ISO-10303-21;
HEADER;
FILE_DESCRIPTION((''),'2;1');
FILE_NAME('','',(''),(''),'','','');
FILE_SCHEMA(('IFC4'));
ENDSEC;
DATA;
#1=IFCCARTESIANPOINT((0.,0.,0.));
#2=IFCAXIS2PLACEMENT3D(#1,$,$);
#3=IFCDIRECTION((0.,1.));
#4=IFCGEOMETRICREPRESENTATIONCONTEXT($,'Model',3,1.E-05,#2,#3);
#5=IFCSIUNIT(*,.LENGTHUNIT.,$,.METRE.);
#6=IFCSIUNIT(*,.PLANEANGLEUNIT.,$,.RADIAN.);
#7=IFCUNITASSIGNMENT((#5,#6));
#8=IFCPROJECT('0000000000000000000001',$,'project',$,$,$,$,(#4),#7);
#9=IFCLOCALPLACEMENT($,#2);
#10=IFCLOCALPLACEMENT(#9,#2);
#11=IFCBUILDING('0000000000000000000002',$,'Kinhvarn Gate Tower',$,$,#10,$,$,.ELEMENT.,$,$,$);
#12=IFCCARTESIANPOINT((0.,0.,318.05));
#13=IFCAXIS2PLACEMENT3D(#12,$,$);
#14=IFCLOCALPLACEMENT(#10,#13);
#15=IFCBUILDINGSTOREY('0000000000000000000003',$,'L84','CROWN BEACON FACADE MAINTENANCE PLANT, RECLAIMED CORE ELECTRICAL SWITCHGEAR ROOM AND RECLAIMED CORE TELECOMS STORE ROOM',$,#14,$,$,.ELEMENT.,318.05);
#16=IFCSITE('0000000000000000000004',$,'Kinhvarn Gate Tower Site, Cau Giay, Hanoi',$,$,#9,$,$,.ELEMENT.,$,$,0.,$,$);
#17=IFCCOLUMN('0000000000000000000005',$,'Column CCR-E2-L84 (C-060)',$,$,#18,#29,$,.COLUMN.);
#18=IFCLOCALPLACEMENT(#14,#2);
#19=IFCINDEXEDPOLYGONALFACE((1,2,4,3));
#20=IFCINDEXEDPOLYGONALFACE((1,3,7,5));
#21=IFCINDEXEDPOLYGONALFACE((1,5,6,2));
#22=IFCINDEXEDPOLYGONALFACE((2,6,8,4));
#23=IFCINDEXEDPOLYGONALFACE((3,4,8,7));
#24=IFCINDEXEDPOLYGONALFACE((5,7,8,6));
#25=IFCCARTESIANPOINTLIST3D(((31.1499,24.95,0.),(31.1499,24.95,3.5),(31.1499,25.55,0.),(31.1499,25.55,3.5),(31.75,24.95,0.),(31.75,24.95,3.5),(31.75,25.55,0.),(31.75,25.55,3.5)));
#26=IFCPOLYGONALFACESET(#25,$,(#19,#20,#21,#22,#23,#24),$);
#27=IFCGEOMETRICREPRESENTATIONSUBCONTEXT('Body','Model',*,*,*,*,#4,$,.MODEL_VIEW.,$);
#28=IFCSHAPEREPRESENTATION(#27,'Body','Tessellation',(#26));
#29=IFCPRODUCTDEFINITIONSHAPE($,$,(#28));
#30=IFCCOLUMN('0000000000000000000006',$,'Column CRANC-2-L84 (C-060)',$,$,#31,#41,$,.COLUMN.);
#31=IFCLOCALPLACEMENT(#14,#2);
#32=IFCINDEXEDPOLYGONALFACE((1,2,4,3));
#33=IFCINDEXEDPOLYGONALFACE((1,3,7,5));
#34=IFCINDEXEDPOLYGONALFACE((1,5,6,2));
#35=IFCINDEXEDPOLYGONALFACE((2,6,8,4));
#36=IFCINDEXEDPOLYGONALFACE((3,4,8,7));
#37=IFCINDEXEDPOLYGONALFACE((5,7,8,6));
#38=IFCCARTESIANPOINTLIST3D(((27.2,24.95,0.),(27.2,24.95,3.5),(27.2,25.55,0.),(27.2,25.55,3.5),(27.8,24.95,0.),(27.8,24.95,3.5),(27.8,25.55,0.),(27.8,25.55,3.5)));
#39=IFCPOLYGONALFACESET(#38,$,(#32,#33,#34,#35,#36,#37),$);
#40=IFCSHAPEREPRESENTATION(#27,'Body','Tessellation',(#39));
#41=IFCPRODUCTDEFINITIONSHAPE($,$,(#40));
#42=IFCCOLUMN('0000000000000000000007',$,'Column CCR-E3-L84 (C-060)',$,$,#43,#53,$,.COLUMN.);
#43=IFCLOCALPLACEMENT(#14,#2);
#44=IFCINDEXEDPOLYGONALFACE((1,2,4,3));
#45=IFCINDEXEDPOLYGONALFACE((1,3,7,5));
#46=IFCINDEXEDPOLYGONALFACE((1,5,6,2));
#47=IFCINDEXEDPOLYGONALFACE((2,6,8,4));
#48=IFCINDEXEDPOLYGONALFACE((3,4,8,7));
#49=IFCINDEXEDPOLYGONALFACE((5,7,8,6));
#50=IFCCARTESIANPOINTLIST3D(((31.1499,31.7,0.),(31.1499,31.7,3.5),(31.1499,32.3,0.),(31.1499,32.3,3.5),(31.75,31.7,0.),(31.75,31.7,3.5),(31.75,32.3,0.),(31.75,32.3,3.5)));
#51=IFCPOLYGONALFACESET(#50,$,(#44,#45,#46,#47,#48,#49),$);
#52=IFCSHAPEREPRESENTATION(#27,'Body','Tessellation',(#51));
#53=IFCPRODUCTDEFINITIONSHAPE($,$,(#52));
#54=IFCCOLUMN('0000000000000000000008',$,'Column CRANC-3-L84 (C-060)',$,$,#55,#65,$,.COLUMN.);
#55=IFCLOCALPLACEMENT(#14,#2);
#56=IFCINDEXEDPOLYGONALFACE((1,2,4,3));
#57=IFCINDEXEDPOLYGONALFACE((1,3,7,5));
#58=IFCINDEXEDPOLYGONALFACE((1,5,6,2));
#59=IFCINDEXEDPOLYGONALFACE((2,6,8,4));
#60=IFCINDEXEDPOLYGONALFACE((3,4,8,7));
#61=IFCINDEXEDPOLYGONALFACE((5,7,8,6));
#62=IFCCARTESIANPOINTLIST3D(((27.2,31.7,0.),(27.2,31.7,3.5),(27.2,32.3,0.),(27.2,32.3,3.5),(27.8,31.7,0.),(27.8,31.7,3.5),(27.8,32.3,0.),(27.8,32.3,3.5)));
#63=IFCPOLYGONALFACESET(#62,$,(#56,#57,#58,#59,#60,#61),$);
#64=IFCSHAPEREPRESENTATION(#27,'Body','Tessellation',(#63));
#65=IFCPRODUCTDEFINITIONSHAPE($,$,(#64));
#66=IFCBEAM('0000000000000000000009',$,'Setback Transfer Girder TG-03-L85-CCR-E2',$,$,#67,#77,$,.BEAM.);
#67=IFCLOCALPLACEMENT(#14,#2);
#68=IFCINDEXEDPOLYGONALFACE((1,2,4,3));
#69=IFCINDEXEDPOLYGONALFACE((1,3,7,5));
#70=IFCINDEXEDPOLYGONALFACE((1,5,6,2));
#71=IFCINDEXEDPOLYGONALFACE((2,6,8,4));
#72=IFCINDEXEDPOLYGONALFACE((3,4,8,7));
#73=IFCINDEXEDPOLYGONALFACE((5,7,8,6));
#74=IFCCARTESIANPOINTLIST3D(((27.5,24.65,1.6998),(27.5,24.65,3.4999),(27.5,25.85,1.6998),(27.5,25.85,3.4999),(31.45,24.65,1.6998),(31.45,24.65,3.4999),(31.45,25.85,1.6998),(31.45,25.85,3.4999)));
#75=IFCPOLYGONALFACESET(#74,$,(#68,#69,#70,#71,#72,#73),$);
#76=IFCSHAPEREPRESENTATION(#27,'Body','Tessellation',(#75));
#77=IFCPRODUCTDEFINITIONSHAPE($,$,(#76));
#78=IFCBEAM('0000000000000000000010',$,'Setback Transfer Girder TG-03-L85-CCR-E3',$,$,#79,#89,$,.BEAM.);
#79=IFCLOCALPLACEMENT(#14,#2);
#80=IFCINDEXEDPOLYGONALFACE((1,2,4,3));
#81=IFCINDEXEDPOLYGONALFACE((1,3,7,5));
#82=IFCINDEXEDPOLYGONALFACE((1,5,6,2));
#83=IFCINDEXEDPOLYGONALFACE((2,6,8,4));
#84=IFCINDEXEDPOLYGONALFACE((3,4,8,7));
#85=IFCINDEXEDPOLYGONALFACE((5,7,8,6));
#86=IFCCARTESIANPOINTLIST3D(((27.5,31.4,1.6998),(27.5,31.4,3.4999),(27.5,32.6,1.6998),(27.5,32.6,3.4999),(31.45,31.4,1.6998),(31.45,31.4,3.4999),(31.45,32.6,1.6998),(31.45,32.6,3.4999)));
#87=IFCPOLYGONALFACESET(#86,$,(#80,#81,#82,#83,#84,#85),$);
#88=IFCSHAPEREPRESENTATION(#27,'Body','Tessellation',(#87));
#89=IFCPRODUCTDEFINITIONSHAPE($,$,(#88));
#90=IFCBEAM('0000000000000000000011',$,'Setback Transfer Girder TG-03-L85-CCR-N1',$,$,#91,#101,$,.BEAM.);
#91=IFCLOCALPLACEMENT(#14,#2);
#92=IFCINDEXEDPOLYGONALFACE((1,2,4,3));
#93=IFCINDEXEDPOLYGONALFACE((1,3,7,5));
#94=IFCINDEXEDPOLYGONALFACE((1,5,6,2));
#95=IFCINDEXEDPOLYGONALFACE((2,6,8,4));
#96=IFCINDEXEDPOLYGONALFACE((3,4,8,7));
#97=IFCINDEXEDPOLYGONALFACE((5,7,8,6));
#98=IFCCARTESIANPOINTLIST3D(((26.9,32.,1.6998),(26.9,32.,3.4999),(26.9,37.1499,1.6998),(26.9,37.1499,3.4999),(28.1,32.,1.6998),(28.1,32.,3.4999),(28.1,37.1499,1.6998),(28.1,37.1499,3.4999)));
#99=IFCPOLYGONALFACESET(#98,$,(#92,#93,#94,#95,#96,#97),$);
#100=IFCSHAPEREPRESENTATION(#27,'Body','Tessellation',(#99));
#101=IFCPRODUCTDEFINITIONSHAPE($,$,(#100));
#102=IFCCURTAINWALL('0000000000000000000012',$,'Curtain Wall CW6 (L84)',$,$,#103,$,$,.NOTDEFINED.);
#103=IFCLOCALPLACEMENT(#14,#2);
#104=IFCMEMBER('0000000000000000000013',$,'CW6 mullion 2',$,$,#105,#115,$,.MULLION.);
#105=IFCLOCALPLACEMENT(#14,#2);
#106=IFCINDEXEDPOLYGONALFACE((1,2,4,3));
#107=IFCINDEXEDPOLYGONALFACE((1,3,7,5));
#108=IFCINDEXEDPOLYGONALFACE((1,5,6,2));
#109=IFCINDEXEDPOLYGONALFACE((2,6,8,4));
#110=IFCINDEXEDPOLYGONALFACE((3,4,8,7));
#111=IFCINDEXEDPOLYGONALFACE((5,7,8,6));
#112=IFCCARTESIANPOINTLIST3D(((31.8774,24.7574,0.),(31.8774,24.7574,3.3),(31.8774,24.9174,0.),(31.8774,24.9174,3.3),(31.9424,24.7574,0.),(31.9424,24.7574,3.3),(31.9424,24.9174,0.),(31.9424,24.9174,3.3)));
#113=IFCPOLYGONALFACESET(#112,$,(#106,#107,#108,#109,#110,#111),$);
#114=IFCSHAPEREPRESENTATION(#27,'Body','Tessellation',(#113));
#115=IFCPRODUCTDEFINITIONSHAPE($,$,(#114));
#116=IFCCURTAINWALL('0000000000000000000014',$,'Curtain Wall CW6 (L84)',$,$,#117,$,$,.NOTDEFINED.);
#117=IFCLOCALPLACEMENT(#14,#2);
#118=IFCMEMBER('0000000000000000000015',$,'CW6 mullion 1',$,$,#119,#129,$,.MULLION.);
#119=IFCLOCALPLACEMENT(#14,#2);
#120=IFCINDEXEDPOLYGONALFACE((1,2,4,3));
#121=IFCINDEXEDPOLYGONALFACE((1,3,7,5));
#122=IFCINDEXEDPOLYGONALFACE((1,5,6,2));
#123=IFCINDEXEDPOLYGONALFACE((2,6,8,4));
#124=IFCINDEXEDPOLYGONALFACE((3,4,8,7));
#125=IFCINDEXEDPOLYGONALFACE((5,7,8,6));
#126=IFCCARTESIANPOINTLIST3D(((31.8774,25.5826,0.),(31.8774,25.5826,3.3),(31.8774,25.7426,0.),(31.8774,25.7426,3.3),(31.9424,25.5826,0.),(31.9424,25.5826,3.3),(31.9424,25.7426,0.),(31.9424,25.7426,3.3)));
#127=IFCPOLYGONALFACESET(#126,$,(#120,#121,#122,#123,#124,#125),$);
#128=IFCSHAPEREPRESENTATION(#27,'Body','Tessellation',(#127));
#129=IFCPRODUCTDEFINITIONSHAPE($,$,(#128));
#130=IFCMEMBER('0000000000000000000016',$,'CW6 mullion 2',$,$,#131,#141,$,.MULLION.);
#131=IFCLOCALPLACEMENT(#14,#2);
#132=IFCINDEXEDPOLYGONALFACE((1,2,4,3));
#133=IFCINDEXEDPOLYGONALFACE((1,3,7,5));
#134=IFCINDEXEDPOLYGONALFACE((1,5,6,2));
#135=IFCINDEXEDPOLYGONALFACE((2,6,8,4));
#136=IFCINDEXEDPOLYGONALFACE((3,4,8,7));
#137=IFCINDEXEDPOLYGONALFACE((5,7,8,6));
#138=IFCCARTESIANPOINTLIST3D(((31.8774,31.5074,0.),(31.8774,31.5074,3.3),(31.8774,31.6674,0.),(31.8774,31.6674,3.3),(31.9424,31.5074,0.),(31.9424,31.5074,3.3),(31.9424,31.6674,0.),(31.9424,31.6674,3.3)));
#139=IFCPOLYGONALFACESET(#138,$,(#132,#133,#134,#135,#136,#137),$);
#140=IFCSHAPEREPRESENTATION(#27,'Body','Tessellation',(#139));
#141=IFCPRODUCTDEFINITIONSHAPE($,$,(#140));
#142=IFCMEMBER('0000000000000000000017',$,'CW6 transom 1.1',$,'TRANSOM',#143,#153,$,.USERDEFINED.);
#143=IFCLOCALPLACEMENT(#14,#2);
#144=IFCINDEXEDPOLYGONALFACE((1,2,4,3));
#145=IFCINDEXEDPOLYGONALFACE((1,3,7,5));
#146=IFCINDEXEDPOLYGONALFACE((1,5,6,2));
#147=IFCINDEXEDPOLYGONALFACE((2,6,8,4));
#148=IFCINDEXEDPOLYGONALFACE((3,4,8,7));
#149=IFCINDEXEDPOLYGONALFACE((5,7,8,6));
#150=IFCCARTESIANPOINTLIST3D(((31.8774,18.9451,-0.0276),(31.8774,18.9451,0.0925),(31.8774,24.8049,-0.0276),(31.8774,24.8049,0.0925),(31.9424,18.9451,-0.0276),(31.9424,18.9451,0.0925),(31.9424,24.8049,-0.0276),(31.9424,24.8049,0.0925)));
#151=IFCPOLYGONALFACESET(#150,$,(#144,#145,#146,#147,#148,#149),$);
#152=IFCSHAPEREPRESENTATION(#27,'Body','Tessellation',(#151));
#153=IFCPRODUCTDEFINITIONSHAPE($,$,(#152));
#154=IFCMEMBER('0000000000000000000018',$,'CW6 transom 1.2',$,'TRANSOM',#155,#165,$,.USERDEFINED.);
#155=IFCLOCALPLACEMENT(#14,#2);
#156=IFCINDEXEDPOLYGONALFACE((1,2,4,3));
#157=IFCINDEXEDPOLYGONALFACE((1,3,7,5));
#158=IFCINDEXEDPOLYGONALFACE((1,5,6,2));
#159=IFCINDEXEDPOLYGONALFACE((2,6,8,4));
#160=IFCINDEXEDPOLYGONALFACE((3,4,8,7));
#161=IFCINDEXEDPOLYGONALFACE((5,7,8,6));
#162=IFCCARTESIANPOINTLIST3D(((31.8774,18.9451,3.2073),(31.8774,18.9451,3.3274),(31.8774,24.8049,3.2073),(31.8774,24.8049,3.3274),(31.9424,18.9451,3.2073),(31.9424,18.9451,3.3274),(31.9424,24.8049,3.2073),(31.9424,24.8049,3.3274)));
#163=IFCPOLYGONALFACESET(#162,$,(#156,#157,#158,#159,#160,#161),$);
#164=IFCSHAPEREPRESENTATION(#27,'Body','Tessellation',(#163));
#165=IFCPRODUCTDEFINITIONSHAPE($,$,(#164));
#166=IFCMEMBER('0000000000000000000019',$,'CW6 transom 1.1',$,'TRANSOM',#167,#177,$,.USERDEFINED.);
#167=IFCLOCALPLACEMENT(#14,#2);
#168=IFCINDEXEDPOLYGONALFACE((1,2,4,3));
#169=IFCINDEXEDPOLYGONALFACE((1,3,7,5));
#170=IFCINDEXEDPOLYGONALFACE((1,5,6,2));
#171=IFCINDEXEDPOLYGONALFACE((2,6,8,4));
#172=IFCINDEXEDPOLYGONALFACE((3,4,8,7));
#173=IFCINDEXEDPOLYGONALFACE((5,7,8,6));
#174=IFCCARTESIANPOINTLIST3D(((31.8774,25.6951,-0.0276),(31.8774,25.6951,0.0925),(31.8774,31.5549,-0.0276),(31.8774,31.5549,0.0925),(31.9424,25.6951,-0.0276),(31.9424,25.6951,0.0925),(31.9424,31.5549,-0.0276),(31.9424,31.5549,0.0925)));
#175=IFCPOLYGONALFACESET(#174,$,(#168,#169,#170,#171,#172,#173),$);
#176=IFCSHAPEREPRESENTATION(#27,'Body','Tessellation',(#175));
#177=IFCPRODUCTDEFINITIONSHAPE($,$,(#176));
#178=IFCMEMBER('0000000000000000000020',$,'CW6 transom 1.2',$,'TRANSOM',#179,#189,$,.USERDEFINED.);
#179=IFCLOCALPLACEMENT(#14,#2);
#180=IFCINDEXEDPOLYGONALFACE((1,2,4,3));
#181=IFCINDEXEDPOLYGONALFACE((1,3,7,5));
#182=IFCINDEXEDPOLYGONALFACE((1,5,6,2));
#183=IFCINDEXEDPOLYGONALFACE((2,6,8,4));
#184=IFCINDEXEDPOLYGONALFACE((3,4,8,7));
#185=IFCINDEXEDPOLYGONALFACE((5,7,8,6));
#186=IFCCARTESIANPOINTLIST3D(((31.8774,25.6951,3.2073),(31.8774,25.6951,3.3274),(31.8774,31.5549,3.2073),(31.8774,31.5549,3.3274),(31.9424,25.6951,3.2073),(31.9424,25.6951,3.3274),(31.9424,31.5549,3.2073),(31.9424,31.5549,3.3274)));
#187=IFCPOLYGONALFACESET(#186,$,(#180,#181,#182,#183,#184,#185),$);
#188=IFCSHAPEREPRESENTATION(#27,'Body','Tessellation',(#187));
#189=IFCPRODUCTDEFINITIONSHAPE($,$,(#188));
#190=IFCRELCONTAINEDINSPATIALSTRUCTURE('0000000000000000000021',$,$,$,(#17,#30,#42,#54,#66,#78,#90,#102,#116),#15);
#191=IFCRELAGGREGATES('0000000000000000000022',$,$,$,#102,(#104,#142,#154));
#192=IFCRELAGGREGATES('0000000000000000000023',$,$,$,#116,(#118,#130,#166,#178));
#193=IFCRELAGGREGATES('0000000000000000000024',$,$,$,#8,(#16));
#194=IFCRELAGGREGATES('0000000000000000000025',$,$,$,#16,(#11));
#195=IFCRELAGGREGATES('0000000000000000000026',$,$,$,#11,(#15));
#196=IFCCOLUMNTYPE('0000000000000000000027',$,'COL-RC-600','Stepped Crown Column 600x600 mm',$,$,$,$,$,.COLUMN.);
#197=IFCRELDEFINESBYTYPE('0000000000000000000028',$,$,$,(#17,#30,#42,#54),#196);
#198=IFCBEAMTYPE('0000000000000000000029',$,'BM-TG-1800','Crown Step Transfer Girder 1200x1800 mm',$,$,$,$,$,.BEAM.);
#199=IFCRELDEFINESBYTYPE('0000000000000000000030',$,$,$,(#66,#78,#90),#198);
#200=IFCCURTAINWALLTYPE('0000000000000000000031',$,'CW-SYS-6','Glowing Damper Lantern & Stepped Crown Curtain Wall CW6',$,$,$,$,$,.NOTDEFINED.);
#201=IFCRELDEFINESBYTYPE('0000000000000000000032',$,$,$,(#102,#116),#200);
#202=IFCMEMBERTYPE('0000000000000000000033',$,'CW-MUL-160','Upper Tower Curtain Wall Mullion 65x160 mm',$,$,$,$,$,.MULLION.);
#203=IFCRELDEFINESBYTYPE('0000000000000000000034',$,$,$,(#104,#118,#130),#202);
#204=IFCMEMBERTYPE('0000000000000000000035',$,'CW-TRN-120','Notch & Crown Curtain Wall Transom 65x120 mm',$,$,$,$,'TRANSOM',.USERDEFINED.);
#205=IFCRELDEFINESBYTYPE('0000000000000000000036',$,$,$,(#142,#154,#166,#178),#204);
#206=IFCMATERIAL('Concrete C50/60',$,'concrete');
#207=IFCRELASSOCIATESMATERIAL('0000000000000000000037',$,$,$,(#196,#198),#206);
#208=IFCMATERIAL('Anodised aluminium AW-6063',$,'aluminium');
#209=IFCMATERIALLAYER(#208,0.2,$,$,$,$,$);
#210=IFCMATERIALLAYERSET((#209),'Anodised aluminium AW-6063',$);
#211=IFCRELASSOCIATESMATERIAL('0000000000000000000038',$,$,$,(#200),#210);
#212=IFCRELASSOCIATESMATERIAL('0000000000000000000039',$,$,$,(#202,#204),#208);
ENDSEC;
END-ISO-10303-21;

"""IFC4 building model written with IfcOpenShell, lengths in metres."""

from ifc_helpers import new_model, si_unit, direction, frame, origin, origin_2d, place, context, subcontext, project, spatial, rectangle, extrude, material, layer, layer_set, material_profile, profile_set, type_object, element, aggregate, save


model = new_model("IFC4")

# Units and contexts
model_context = context("Model", 3, precision=1e-05, world=origin(), true_north=direction((0.0, 1.0)))
body_context = subcontext(model_context, "Body", "Model", "MODEL_VIEW")
ifc_project = project(units=[si_unit("LENGTHUNIT", "METRE"), si_unit("PLANEANGLEUNIT", "RADIAN")], contexts=[model_context])

# Site, building, storey
site_placement = place(None, origin())
site = spatial("IfcSite", under=ifc_project, at=site_placement, Name="Kinhvarn Gate Tower Site, Cau Giay, Hanoi", CompositionType="ELEMENT", RefElevation=0.0)
building_placement = place(site_placement, origin())
building = spatial("IfcBuilding", under=site, at=building_placement, Name="Kinhvarn Gate Tower", CompositionType="ELEMENT")
storey_placement = place(building_placement, frame((0.0, 0.0, 318.05)))
storey = spatial("IfcBuildingStorey", under=building, at=storey_placement, Name="L84", Description="CROWN BEACON FACADE MAINTENANCE PLANT, RECLAIMED CORE ELECTRICAL SWITCHGEAR ROOM AND RECLAIMED CORE TELECOMS STORE ROOM", CompositionType="ELEMENT", Elevation=318.05)

# Columns
ifc_material_1 = material(Name="Concrete C50/60", Category="concrete")
ifc_material_profile_1 = material_profile(ifc_material_1, rectangle(XDim=0.6001, YDim=0.6001, at=origin_2d()), Name="RC 600x600")
ifc_profile_set_1 = profile_set([ifc_material_profile_1], Name="Concrete C50/60")
column_type = type_object("IfcColumnType", Name="COL-RC-600", Description="Stepped Crown Column 600x600 mm", PredefinedType="COLUMN", material=ifc_profile_set_1)
for number, where, z_axis, x_axis, name in (
    (1, (31.45, 25.25, 0.0), (0.0, 0.0, 1.0), (1.0, 0.0, 0.0), "Column CCR-E2-L84 (C-060)"),
    (2, (27.5, 25.25, 0.0), (0.0, 0.0, 1.0), (1.0, 0.0, 0.0), "Column CRANC-2-L84 (C-060)"),
    (3, (31.45, 32.0, 0.0), (0.0, 0.0, 1.0), (1.0, 0.0, 0.0), "Column CCR-E3-L84 (C-060)"),
    (4, (27.5, 32.0, 0.0), (0.0, 0.0, 1.0), (1.0, 0.0, 0.0), "Column CRANC-3-L84 (C-060)"),
):
    element("IfcColumn", number, at=place(storey_placement, frame(where, z_axis=z_axis, x_axis=x_axis)), inside=storey, type_object=column_type, Name=name, PredefinedType="COLUMN", context=body_context, shape_type="SweptSolid", body=[
        extrude(rectangle(XDim=0.6001, YDim=0.6001, at=origin_2d()), origin(), (0.0, 0.0, 1.0), 3.5),
    ])

# Beams
ifc_material_profile_2 = material_profile(ifc_material_1, rectangle(XDim=1.2, YDim=1.8, at=origin_2d()), Name="RC 1200x1800")
ifc_profile_set_2 = profile_set([ifc_material_profile_2], Name="Concrete C50/60")
beam_type_1 = type_object("IfcBeamType", Name="BM-TG-1800", Description="Crown Step Transfer Girder 1200x1800 mm", PredefinedType="BEAM", material=ifc_profile_set_2)
for number, where, z_axis, x_axis, name in (
    (5, (27.5, 25.25, 2.5999), (1.0, 0.0, 0.0), (0.0, 1.0, 0.0), "Setback Transfer Girder TG-03-L85-CCR-E2"),
    (6, (27.5, 32.0, 2.5999), (1.0, 0.0, 0.0), (0.0, 1.0, 0.0), "Setback Transfer Girder TG-03-L85-CCR-E3"),
):
    element("IfcBeam", number, at=place(storey_placement, frame(where, z_axis=z_axis, x_axis=x_axis)), inside=storey, type_object=beam_type_1, Name=name, PredefinedType="BEAM", context=body_context, shape_type="SweptSolid", body=[
        extrude(rectangle(XDim=1.2, YDim=1.8, at=origin_2d()), origin(), (0.0, 0.0, 1.0), 3.95),
    ])
beam_1_placement = place(storey_placement, frame((27.5, 32.0, 2.5999), z_axis=(0.0, 1.0, 0.0), x_axis=(-1.0, 0.0, 0.0)))
element("IfcBeam", 7, at=beam_1_placement, inside=storey, type_object=beam_type_1, Name="Setback Transfer Girder TG-03-L85-CCR-N1", PredefinedType="BEAM", context=body_context, shape_type="SweptSolid", body=[
    extrude(rectangle(XDim=1.2, YDim=1.8, at=origin_2d()), origin(), (0.0, 0.0, 1.0), 5.1499),
])

# Curtain wall, member
ifc_material_2 = material(Name="Anodised aluminium AW-6063", Category="aluminium")
ifc_layer_1 = layer(ifc_material_2, 0.2)
ifc_layer_set_1 = layer_set([ifc_layer_1], Name="Anodised aluminium AW-6063")
curtain_wall_type = type_object("IfcCurtainWallType", Name="CW-SYS-6", Description="Glowing Damper Lantern & Stepped Crown Curtain Wall CW6", PredefinedType="NOTDEFINED", material=ifc_layer_set_1)
curtain_wall_1_placement = place(storey_placement, origin())
curtain_wall_1 = element("IfcCurtainWall", 8, at=curtain_wall_1_placement, inside=storey, type_object=curtain_wall_type, Name="Curtain Wall CW6 (L84)", PredefinedType="NOTDEFINED")
ifc_material_profile_3 = material_profile(ifc_material_2, rectangle(XDim=0.0649, YDim=0.1599, at=origin_2d()), Name="ALU 65x160")
ifc_profile_set_3 = profile_set([ifc_material_profile_3], Name="Anodised aluminium AW-6063")
member_type_1 = type_object("IfcMemberType", Name="CW-MUL-160", Description="Upper Tower Curtain Wall Mullion 65x160 mm", PredefinedType="MULLION", material=ifc_profile_set_3)
member_1_placement = place(storey_placement, frame((31.9099, 24.8374, 0.0), z_axis=(0.0, 0.0, 1.0), x_axis=(-1.0, 0.0, 0.0)))
member_1 = element("IfcMember", 9, at=member_1_placement, type_object=member_type_1, Name="CW6 mullion 2", PredefinedType="MULLION", context=body_context, shape_type="SweptSolid", body=[
    extrude(rectangle(XDim=0.0649, YDim=0.1599, at=origin_2d()), origin(), (0.0, 0.0, 1.0), 3.3),
])

# Curtain wall, members
curtain_wall_2_placement = place(storey_placement, origin())
curtain_wall_2 = element("IfcCurtainWall", 10, at=curtain_wall_2_placement, inside=storey, type_object=curtain_wall_type, Name="Curtain Wall CW6 (L84)", PredefinedType="NOTDEFINED")
member_2_placement = place(storey_placement, frame((31.9099, 25.6626, 0.0), z_axis=(0.0, 0.0, 1.0), x_axis=(-1.0, 0.0, 0.0)))
member_2 = element("IfcMember", 11, at=member_2_placement, type_object=member_type_1, Name="CW6 mullion 1", PredefinedType="MULLION", context=body_context, shape_type="SweptSolid", body=[
    extrude(rectangle(XDim=0.0649, YDim=0.1599, at=origin_2d()), origin(), (0.0, 0.0, 1.0), 3.3),
])
member_3_placement = place(storey_placement, frame((31.9099, 31.5874, 0.0), z_axis=(0.0, 0.0, 1.0), x_axis=(-1.0, 0.0, 0.0)))
member_3 = element("IfcMember", 12, at=member_3_placement, type_object=member_type_1, Name="CW6 mullion 2", PredefinedType="MULLION", context=body_context, shape_type="SweptSolid", body=[
    extrude(rectangle(XDim=0.0649, YDim=0.1599, at=origin_2d()), origin(), (0.0, 0.0, 1.0), 3.3),
])

# Members
ifc_material_profile_4 = material_profile(ifc_material_2, rectangle(XDim=0.0649, YDim=0.1201, at=origin_2d()), Name="ALU 65x120")
ifc_profile_set_4 = profile_set([ifc_material_profile_4], Name="Anodised aluminium AW-6063")
member_type_2 = type_object("IfcMemberType", Name="CW-TRN-120", Description="Notch & Crown Curtain Wall Transom 65x120 mm", ElementType="TRANSOM", PredefinedType="USERDEFINED", material=ifc_profile_set_4)
member_4_placement = place(storey_placement, frame((31.9099, 18.9451, 0.0325), z_axis=(0.0, 1.0, 0.0), x_axis=(-1.0, 0.0, 0.0)))
member_4 = element("IfcMember", 13, at=member_4_placement, type_object=member_type_2, Name="CW6 transom 1.1", ObjectType="TRANSOM", PredefinedType="USERDEFINED", context=body_context, shape_type="SweptSolid", body=[
    extrude(rectangle(XDim=0.0649, YDim=0.1201, at=origin_2d()), origin(), (0.0, 0.0, 1.0), 5.8599),
])
member_5_placement = place(storey_placement, frame((31.9099, 18.9451, 3.2673), z_axis=(0.0, 1.0, 0.0), x_axis=(-1.0, 0.0, 0.0)))
member_5 = element("IfcMember", 14, at=member_5_placement, type_object=member_type_2, Name="CW6 transom 1.2", ObjectType="TRANSOM", PredefinedType="USERDEFINED", context=body_context, shape_type="SweptSolid", body=[
    extrude(rectangle(XDim=0.0649, YDim=0.1201, at=origin_2d()), origin(), (0.0, 0.0, 1.0), 5.8599),
])
member_6_placement = place(storey_placement, frame((31.9099, 25.6951, 0.0325), z_axis=(0.0, 1.0, 0.0), x_axis=(-1.0, 0.0, 0.0)))
member_6 = element("IfcMember", 15, at=member_6_placement, type_object=member_type_2, Name="CW6 transom 1.1", ObjectType="TRANSOM", PredefinedType="USERDEFINED", context=body_context, shape_type="SweptSolid", body=[
    extrude(rectangle(XDim=0.0649, YDim=0.1201, at=origin_2d()), origin(), (0.0, 0.0, 1.0), 5.8599),
])
member_7_placement = place(storey_placement, frame((31.9099, 25.6951, 3.2673), z_axis=(0.0, 1.0, 0.0), x_axis=(-1.0, 0.0, 0.0)))
member_7 = element("IfcMember", 16, at=member_7_placement, type_object=member_type_2, Name="CW6 transom 1.2", ObjectType="TRANSOM", PredefinedType="USERDEFINED", context=body_context, shape_type="SweptSolid", body=[
    extrude(rectangle(XDim=0.0649, YDim=0.1201, at=origin_2d()), origin(), (0.0, 0.0, 1.0), 5.8599),
])

aggregate(curtain_wall_1, [member_1, member_4, member_5])
aggregate(curtain_wall_2, [member_2, member_3, member_6, member_7])

save(model, "model.ifc")
